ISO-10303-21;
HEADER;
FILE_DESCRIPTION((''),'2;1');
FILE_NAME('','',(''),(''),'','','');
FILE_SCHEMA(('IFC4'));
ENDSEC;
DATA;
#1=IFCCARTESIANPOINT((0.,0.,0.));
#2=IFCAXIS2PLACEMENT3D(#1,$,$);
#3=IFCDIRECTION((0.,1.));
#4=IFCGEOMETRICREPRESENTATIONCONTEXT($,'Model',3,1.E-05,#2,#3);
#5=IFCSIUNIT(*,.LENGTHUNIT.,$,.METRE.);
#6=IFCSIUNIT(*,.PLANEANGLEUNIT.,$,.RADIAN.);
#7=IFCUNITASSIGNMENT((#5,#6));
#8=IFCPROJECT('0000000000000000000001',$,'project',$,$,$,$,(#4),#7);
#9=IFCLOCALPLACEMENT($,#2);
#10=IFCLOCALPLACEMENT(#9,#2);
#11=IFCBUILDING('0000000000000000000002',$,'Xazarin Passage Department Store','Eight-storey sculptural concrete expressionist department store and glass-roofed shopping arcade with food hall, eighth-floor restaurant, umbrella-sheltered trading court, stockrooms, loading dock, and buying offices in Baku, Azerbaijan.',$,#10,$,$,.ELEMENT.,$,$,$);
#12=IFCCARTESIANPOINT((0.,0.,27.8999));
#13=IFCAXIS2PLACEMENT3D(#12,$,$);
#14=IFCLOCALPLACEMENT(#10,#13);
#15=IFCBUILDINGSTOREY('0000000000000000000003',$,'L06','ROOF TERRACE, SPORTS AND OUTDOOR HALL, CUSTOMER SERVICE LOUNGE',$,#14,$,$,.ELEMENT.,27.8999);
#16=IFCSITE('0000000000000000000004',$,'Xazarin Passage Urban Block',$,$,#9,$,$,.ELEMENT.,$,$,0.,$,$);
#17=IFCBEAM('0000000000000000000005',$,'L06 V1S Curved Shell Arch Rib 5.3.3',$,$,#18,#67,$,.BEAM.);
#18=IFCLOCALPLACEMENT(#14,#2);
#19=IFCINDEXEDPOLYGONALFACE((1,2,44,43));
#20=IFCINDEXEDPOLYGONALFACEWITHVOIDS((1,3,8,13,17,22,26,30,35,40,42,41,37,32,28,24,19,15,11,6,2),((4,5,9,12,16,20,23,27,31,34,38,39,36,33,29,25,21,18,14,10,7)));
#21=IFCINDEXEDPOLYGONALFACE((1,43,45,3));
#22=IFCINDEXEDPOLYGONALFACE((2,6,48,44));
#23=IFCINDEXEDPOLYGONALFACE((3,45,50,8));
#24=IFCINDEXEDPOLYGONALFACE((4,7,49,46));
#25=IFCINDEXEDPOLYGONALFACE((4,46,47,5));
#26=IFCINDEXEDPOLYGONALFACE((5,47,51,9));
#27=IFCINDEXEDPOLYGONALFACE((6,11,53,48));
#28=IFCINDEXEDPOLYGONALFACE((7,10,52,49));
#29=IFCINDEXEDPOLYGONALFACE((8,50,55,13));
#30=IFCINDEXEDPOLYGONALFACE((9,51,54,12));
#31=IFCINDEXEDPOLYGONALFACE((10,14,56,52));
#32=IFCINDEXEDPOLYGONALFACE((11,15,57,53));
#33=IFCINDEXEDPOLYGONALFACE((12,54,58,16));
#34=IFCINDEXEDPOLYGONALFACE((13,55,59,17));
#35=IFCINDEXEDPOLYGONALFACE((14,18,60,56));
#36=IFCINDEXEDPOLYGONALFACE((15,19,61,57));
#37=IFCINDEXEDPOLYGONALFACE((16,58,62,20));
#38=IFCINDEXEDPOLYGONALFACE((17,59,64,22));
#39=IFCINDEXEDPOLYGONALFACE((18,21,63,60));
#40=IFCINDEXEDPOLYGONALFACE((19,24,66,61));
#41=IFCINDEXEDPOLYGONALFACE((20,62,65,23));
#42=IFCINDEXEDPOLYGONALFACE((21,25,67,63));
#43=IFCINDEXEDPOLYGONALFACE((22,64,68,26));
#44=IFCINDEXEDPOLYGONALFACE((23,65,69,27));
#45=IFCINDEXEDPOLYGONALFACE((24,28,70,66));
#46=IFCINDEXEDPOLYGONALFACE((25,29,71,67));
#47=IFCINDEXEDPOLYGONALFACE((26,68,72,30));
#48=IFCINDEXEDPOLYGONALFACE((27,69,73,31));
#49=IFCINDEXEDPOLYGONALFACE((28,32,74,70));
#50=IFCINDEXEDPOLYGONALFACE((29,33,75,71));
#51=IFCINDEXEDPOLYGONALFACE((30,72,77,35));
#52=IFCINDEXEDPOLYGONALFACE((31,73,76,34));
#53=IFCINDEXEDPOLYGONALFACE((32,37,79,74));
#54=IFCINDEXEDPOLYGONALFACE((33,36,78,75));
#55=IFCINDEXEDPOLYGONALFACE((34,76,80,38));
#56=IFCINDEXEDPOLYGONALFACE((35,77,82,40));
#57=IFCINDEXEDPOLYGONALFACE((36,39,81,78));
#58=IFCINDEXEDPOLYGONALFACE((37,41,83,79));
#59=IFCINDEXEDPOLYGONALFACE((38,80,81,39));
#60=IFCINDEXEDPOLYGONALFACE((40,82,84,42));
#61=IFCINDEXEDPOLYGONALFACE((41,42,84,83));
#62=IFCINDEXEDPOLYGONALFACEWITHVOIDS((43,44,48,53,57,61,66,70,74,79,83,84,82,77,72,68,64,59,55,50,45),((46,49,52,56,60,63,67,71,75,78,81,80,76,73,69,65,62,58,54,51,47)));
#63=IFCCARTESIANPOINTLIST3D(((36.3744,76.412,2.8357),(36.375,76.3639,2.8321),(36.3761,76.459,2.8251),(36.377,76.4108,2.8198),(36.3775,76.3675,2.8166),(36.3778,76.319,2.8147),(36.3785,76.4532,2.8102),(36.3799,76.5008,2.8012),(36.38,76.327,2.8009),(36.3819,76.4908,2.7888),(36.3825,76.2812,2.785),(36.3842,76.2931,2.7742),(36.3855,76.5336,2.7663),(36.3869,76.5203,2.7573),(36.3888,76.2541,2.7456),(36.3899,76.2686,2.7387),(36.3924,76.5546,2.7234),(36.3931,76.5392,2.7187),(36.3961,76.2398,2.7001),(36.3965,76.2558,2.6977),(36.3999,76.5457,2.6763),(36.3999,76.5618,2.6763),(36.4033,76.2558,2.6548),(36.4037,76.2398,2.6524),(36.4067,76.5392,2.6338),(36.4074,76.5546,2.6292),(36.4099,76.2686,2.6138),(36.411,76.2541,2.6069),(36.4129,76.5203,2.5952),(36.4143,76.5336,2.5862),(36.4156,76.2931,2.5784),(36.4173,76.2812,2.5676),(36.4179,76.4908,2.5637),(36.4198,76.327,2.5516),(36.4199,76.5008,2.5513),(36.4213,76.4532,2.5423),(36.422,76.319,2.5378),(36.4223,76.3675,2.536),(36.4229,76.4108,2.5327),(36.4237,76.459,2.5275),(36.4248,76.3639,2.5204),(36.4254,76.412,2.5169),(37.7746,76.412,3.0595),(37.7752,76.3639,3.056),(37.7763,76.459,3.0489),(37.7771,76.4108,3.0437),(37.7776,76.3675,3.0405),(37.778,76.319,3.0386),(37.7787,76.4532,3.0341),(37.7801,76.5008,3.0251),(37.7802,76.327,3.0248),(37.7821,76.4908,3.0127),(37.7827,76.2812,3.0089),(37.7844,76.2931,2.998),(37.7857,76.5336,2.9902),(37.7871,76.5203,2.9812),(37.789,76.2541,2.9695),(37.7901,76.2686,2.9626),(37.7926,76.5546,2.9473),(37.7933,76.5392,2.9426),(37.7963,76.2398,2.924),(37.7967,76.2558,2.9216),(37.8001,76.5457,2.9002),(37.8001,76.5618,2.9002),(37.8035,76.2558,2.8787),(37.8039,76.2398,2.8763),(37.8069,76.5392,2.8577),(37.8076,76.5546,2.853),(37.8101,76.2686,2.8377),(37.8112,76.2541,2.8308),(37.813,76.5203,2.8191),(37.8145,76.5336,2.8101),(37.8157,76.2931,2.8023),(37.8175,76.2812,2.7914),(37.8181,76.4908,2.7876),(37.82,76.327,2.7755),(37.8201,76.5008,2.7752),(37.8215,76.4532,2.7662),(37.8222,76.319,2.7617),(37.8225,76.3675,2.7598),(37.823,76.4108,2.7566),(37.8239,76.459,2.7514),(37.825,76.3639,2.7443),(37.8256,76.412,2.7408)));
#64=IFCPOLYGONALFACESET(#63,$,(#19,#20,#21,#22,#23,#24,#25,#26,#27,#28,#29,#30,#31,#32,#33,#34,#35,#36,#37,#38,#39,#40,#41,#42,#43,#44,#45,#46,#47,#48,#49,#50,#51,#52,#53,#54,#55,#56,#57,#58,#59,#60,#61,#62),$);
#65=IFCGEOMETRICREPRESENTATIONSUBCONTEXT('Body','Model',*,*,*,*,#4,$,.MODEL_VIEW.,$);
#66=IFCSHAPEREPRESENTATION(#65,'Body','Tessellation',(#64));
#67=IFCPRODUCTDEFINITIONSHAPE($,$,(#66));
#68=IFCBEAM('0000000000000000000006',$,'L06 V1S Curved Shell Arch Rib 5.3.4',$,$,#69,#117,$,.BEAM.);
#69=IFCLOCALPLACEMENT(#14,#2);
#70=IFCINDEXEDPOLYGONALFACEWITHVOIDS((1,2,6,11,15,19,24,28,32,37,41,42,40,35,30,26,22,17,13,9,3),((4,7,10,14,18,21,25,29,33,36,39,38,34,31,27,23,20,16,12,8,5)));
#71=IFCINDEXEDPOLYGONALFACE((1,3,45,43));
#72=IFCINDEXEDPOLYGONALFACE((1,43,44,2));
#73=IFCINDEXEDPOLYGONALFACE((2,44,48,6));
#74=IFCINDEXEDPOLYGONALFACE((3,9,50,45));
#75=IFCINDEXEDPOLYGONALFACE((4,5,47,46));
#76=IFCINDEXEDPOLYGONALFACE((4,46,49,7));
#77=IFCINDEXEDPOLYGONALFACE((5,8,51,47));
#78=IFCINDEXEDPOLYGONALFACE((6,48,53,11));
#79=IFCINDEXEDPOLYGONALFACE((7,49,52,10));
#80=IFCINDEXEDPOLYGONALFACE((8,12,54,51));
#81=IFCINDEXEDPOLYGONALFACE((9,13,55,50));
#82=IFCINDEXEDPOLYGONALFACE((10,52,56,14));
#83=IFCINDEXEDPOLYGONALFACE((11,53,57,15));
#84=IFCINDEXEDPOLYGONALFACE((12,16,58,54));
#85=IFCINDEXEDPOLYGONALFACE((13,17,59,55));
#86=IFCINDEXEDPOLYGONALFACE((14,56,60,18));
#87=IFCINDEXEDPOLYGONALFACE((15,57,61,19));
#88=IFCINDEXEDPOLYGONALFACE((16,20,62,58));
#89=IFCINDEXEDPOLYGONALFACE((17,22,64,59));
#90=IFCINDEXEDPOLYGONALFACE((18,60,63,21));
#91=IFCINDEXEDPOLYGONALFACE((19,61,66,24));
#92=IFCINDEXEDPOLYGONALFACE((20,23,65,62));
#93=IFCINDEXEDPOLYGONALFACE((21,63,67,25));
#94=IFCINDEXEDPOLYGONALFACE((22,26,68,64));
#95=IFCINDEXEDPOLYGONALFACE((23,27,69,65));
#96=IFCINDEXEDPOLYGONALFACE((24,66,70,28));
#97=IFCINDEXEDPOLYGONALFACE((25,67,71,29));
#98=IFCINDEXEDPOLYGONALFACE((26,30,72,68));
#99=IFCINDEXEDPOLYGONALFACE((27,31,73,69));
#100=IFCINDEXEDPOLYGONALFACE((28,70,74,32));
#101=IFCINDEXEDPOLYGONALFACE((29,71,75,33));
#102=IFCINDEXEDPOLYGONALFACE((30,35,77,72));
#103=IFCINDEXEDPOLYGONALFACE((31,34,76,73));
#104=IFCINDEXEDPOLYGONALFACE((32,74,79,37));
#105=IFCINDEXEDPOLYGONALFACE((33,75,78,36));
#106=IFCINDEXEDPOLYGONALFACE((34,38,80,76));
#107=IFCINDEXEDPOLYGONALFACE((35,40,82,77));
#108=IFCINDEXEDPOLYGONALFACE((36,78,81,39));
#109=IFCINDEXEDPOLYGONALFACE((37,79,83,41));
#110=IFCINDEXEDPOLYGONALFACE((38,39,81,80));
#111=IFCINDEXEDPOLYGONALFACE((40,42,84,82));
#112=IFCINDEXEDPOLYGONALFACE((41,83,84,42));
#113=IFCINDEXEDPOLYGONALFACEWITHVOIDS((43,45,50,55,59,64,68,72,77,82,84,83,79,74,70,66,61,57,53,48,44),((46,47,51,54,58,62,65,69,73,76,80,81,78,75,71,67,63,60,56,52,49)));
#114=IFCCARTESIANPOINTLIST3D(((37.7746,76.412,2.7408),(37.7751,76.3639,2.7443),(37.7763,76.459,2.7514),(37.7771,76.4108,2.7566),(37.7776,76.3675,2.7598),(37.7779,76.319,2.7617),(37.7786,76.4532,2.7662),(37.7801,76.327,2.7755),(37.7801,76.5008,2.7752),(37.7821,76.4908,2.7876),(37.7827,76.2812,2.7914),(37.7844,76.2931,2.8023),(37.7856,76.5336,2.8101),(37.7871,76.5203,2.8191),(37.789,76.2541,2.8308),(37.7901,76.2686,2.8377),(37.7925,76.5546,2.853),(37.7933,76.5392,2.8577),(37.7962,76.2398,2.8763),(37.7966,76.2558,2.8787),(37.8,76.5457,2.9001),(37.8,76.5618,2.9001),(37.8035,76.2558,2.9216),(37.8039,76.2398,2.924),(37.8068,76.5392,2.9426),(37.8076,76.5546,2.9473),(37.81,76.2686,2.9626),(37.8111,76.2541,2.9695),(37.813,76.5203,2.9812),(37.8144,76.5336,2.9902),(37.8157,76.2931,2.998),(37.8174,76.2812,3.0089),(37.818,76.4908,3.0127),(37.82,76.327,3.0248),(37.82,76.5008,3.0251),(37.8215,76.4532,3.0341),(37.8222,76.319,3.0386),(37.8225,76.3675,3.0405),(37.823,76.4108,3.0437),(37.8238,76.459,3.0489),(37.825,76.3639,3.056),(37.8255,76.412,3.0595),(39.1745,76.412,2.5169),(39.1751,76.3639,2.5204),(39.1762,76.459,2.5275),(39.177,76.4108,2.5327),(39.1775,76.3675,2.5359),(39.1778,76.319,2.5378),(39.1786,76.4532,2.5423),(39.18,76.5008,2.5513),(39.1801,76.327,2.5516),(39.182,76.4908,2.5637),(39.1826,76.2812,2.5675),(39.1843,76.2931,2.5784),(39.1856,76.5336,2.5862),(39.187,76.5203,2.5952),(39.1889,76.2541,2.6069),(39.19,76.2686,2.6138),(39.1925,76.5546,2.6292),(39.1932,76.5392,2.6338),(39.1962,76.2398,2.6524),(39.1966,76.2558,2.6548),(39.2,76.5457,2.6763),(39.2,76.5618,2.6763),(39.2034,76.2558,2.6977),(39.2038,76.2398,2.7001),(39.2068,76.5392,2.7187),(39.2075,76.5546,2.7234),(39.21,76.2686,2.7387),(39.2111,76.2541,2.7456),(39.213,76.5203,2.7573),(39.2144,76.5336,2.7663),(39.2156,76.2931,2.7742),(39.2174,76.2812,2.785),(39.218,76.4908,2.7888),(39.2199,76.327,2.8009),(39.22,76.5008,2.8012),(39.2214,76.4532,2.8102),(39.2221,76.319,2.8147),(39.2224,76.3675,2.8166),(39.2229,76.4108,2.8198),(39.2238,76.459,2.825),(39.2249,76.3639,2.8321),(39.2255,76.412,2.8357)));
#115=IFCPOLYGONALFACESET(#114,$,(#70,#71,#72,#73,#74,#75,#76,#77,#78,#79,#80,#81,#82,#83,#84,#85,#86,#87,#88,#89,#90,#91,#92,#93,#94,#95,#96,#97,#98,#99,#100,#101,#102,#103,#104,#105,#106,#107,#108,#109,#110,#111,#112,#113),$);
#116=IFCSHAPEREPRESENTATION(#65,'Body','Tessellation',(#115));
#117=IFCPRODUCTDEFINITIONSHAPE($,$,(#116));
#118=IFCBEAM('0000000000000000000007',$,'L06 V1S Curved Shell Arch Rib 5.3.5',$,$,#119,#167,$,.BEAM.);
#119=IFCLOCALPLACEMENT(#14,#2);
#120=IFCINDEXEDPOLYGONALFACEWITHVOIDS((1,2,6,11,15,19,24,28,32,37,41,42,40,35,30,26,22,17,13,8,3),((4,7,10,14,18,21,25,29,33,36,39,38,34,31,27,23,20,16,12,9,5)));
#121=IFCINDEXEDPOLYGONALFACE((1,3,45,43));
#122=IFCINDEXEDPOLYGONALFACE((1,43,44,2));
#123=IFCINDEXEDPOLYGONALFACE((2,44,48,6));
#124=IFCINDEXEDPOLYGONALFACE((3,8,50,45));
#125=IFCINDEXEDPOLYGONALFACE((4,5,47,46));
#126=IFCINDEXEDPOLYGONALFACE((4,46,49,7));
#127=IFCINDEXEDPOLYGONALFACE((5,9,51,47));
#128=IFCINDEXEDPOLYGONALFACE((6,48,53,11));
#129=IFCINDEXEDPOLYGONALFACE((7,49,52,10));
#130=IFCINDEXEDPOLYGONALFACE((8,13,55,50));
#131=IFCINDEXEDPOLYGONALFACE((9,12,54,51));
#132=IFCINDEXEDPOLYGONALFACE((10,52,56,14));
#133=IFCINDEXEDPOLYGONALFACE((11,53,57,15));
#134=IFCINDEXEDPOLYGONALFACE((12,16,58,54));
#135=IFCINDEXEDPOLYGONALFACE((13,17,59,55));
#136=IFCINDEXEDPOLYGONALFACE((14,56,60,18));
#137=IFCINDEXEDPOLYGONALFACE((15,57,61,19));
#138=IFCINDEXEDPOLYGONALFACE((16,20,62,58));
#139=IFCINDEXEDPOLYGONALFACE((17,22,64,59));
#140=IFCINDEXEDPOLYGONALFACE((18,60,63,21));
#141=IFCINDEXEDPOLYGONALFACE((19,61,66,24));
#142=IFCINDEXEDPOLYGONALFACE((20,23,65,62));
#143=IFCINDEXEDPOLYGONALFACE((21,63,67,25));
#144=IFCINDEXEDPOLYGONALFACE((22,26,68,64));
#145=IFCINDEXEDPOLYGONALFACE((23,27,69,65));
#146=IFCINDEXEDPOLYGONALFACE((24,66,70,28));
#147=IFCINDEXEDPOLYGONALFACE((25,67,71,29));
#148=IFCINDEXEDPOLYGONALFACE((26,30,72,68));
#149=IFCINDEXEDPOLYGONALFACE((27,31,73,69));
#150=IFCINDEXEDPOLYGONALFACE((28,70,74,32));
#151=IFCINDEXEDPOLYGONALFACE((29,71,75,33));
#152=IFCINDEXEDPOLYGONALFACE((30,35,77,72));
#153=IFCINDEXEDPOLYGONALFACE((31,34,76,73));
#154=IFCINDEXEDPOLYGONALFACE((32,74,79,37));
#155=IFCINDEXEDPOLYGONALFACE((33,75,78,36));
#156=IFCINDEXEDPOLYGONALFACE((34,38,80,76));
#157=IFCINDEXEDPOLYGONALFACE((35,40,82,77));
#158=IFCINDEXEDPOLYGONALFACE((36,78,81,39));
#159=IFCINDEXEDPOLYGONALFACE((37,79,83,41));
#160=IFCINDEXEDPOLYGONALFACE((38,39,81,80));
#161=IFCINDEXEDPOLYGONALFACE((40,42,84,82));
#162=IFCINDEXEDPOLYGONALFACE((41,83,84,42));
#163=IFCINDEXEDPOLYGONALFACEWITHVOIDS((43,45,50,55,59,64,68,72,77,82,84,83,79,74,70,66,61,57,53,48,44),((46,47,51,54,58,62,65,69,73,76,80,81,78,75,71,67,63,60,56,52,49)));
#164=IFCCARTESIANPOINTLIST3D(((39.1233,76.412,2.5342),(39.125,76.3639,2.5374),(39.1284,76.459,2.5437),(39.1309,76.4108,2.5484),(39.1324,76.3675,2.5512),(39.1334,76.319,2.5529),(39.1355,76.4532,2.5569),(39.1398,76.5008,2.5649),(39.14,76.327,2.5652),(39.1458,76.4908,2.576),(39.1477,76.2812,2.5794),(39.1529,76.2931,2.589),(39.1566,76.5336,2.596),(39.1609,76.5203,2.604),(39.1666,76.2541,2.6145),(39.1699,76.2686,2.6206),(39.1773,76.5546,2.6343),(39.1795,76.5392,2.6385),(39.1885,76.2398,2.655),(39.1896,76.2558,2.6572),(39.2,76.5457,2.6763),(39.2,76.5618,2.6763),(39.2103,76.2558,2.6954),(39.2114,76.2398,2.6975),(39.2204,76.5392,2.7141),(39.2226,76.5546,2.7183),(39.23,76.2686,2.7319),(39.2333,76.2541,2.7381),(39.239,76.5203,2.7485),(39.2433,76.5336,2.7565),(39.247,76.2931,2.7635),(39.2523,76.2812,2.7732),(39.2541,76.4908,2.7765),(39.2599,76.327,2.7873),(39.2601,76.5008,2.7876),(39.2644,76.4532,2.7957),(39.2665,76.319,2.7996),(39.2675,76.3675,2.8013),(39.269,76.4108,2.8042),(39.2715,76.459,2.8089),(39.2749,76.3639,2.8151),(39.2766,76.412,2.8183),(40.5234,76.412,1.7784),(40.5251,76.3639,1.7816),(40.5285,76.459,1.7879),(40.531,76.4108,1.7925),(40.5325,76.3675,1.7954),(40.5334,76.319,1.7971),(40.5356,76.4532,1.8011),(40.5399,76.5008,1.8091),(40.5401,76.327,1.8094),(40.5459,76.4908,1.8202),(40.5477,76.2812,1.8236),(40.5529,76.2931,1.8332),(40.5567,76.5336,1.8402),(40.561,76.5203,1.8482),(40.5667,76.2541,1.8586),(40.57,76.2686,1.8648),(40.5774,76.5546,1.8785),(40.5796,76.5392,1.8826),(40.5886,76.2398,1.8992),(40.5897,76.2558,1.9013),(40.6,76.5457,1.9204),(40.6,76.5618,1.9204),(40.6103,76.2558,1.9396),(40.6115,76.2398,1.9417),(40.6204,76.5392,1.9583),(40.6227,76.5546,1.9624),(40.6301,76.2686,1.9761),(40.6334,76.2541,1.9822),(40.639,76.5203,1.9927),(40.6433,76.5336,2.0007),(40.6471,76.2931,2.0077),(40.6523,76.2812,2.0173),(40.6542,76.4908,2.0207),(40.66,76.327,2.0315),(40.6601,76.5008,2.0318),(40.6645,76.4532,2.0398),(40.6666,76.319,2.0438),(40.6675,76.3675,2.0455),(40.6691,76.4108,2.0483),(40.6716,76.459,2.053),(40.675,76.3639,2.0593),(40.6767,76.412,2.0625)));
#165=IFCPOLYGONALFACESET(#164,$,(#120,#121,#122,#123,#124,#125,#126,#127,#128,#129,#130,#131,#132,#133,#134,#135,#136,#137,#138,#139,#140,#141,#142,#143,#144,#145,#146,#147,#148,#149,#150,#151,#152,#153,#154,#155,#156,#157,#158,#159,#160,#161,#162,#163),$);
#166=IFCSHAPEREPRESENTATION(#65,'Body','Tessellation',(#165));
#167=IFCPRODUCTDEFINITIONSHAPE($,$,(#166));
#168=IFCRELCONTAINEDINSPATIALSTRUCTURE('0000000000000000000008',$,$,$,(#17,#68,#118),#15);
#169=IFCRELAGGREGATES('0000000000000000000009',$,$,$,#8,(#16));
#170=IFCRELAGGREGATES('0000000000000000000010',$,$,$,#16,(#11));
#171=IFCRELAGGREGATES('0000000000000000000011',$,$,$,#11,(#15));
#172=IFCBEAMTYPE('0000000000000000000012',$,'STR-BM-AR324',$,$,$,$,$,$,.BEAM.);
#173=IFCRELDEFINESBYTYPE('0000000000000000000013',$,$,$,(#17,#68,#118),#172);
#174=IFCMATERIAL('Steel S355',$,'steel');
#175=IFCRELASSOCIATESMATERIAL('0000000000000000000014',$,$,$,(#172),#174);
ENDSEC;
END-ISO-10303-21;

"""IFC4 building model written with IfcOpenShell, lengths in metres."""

from ifc_helpers import new_model, si_unit, direction, frame, origin, origin_2d, place, context, subcontext, project, spatial, hollow_circle, extrude, material, material_profile, profile_set, type_object, element, save


model = new_model("IFC4")

# Units and contexts
model_context = context("Model", 3, precision=1e-05, world=origin(), true_north=direction((0.0, 1.0)))
body_context = subcontext(model_context, "Body", "Model", "MODEL_VIEW")
ifc_project = project(units=[si_unit("LENGTHUNIT", "METRE"), si_unit("PLANEANGLEUNIT", "RADIAN")], contexts=[model_context])

# Site, building, storey
site_placement = place(None, origin())
site = spatial("IfcSite", under=ifc_project, at=site_placement, Name="Xazarin Passage Urban Block", CompositionType="ELEMENT", RefElevation=0.0)
building_placement = place(site_placement, origin())
building = spatial("IfcBuilding", under=site, at=building_placement, Name="Xazarin Passage Department Store", Description="Eight-storey sculptural concrete expressionist department store and glass-roofed shopping arcade with food hall, eighth-floor restaurant, umbrella-sheltered trading court, stockrooms, loading dock, and buying offices in Baku, Azerbaijan.", CompositionType="ELEMENT")
storey_placement = place(building_placement, frame((0.0, 0.0, 27.8999)))
storey = spatial("IfcBuildingStorey", under=building, at=storey_placement, Name="L06", Description="ROOF TERRACE, SPORTS AND OUTDOOR HALL, CUSTOMER SERVICE LOUNGE", CompositionType="ELEMENT", Elevation=27.8999)

# Beams
ifc_material_1 = material(Name="Steel S355", Category="steel")
ifc_material_profile_1 = material_profile(ifc_material_1, hollow_circle(Radius=0.1619, WallThickness=0.0161, at=origin_2d()), Name="CHS 323.9x16")
ifc_profile_set_1 = profile_set([ifc_material_profile_1], Name="Steel S355")
beam_type_1 = type_object("IfcBeamType", Name="STR-BM-AR324", PredefinedType="BEAM", material=ifc_profile_set_1)
beam_1_placement = place(storey_placement, frame((36.3999, 76.3999, 2.6763), z_axis=(0.987457, 0.0, 0.15789), x_axis=(0.0, 1.0, 0.0)))
element("IfcBeam", 1, at=beam_1_placement, inside=storey, type_object=beam_type_1, Name="L06 V1S Curved Shell Arch Rib 5.3.3", PredefinedType="BEAM", context=body_context, shape_type="SweptSolid", body=[
    extrude(hollow_circle(Radius=0.1619, WallThickness=0.0161, at=origin_2d()), origin(), (0.0, 0.0, 1.0), 1.418),
])
beam_2_placement = place(storey_placement, frame((37.8, 76.3999, 2.9001), z_axis=(0.987452, 0.0, -0.157917), x_axis=(0.0, 1.0, 0.0)))
element("IfcBeam", 2, at=beam_2_placement, inside=storey, type_object=beam_type_1, Name="L06 V1S Curved Shell Arch Rib 5.3.4", PredefinedType="BEAM", context=body_context, shape_type="SweptSolid", body=[
    extrude(hollow_circle(Radius=0.1619, WallThickness=0.0161, at=origin_2d()), origin(), (0.0, 0.0, 1.0), 1.4177),
])
beam_3_placement = place(storey_placement, frame((39.2, 76.3999, 2.6763), z_axis=(0.879963, 0.0, -0.475042), x_axis=(0.0, 1.0, 0.0)))
element("IfcBeam", 3, at=beam_3_placement, inside=storey, type_object=beam_type_1, Name="L06 V1S Curved Shell Arch Rib 5.3.5", PredefinedType="BEAM", context=body_context, shape_type="SweptSolid", body=[
    extrude(hollow_circle(Radius=0.1619, WallThickness=0.0161, at=origin_2d()), origin(), (0.0, 0.0, 1.0), 1.5911),
])

save(model, "model.ifc")
